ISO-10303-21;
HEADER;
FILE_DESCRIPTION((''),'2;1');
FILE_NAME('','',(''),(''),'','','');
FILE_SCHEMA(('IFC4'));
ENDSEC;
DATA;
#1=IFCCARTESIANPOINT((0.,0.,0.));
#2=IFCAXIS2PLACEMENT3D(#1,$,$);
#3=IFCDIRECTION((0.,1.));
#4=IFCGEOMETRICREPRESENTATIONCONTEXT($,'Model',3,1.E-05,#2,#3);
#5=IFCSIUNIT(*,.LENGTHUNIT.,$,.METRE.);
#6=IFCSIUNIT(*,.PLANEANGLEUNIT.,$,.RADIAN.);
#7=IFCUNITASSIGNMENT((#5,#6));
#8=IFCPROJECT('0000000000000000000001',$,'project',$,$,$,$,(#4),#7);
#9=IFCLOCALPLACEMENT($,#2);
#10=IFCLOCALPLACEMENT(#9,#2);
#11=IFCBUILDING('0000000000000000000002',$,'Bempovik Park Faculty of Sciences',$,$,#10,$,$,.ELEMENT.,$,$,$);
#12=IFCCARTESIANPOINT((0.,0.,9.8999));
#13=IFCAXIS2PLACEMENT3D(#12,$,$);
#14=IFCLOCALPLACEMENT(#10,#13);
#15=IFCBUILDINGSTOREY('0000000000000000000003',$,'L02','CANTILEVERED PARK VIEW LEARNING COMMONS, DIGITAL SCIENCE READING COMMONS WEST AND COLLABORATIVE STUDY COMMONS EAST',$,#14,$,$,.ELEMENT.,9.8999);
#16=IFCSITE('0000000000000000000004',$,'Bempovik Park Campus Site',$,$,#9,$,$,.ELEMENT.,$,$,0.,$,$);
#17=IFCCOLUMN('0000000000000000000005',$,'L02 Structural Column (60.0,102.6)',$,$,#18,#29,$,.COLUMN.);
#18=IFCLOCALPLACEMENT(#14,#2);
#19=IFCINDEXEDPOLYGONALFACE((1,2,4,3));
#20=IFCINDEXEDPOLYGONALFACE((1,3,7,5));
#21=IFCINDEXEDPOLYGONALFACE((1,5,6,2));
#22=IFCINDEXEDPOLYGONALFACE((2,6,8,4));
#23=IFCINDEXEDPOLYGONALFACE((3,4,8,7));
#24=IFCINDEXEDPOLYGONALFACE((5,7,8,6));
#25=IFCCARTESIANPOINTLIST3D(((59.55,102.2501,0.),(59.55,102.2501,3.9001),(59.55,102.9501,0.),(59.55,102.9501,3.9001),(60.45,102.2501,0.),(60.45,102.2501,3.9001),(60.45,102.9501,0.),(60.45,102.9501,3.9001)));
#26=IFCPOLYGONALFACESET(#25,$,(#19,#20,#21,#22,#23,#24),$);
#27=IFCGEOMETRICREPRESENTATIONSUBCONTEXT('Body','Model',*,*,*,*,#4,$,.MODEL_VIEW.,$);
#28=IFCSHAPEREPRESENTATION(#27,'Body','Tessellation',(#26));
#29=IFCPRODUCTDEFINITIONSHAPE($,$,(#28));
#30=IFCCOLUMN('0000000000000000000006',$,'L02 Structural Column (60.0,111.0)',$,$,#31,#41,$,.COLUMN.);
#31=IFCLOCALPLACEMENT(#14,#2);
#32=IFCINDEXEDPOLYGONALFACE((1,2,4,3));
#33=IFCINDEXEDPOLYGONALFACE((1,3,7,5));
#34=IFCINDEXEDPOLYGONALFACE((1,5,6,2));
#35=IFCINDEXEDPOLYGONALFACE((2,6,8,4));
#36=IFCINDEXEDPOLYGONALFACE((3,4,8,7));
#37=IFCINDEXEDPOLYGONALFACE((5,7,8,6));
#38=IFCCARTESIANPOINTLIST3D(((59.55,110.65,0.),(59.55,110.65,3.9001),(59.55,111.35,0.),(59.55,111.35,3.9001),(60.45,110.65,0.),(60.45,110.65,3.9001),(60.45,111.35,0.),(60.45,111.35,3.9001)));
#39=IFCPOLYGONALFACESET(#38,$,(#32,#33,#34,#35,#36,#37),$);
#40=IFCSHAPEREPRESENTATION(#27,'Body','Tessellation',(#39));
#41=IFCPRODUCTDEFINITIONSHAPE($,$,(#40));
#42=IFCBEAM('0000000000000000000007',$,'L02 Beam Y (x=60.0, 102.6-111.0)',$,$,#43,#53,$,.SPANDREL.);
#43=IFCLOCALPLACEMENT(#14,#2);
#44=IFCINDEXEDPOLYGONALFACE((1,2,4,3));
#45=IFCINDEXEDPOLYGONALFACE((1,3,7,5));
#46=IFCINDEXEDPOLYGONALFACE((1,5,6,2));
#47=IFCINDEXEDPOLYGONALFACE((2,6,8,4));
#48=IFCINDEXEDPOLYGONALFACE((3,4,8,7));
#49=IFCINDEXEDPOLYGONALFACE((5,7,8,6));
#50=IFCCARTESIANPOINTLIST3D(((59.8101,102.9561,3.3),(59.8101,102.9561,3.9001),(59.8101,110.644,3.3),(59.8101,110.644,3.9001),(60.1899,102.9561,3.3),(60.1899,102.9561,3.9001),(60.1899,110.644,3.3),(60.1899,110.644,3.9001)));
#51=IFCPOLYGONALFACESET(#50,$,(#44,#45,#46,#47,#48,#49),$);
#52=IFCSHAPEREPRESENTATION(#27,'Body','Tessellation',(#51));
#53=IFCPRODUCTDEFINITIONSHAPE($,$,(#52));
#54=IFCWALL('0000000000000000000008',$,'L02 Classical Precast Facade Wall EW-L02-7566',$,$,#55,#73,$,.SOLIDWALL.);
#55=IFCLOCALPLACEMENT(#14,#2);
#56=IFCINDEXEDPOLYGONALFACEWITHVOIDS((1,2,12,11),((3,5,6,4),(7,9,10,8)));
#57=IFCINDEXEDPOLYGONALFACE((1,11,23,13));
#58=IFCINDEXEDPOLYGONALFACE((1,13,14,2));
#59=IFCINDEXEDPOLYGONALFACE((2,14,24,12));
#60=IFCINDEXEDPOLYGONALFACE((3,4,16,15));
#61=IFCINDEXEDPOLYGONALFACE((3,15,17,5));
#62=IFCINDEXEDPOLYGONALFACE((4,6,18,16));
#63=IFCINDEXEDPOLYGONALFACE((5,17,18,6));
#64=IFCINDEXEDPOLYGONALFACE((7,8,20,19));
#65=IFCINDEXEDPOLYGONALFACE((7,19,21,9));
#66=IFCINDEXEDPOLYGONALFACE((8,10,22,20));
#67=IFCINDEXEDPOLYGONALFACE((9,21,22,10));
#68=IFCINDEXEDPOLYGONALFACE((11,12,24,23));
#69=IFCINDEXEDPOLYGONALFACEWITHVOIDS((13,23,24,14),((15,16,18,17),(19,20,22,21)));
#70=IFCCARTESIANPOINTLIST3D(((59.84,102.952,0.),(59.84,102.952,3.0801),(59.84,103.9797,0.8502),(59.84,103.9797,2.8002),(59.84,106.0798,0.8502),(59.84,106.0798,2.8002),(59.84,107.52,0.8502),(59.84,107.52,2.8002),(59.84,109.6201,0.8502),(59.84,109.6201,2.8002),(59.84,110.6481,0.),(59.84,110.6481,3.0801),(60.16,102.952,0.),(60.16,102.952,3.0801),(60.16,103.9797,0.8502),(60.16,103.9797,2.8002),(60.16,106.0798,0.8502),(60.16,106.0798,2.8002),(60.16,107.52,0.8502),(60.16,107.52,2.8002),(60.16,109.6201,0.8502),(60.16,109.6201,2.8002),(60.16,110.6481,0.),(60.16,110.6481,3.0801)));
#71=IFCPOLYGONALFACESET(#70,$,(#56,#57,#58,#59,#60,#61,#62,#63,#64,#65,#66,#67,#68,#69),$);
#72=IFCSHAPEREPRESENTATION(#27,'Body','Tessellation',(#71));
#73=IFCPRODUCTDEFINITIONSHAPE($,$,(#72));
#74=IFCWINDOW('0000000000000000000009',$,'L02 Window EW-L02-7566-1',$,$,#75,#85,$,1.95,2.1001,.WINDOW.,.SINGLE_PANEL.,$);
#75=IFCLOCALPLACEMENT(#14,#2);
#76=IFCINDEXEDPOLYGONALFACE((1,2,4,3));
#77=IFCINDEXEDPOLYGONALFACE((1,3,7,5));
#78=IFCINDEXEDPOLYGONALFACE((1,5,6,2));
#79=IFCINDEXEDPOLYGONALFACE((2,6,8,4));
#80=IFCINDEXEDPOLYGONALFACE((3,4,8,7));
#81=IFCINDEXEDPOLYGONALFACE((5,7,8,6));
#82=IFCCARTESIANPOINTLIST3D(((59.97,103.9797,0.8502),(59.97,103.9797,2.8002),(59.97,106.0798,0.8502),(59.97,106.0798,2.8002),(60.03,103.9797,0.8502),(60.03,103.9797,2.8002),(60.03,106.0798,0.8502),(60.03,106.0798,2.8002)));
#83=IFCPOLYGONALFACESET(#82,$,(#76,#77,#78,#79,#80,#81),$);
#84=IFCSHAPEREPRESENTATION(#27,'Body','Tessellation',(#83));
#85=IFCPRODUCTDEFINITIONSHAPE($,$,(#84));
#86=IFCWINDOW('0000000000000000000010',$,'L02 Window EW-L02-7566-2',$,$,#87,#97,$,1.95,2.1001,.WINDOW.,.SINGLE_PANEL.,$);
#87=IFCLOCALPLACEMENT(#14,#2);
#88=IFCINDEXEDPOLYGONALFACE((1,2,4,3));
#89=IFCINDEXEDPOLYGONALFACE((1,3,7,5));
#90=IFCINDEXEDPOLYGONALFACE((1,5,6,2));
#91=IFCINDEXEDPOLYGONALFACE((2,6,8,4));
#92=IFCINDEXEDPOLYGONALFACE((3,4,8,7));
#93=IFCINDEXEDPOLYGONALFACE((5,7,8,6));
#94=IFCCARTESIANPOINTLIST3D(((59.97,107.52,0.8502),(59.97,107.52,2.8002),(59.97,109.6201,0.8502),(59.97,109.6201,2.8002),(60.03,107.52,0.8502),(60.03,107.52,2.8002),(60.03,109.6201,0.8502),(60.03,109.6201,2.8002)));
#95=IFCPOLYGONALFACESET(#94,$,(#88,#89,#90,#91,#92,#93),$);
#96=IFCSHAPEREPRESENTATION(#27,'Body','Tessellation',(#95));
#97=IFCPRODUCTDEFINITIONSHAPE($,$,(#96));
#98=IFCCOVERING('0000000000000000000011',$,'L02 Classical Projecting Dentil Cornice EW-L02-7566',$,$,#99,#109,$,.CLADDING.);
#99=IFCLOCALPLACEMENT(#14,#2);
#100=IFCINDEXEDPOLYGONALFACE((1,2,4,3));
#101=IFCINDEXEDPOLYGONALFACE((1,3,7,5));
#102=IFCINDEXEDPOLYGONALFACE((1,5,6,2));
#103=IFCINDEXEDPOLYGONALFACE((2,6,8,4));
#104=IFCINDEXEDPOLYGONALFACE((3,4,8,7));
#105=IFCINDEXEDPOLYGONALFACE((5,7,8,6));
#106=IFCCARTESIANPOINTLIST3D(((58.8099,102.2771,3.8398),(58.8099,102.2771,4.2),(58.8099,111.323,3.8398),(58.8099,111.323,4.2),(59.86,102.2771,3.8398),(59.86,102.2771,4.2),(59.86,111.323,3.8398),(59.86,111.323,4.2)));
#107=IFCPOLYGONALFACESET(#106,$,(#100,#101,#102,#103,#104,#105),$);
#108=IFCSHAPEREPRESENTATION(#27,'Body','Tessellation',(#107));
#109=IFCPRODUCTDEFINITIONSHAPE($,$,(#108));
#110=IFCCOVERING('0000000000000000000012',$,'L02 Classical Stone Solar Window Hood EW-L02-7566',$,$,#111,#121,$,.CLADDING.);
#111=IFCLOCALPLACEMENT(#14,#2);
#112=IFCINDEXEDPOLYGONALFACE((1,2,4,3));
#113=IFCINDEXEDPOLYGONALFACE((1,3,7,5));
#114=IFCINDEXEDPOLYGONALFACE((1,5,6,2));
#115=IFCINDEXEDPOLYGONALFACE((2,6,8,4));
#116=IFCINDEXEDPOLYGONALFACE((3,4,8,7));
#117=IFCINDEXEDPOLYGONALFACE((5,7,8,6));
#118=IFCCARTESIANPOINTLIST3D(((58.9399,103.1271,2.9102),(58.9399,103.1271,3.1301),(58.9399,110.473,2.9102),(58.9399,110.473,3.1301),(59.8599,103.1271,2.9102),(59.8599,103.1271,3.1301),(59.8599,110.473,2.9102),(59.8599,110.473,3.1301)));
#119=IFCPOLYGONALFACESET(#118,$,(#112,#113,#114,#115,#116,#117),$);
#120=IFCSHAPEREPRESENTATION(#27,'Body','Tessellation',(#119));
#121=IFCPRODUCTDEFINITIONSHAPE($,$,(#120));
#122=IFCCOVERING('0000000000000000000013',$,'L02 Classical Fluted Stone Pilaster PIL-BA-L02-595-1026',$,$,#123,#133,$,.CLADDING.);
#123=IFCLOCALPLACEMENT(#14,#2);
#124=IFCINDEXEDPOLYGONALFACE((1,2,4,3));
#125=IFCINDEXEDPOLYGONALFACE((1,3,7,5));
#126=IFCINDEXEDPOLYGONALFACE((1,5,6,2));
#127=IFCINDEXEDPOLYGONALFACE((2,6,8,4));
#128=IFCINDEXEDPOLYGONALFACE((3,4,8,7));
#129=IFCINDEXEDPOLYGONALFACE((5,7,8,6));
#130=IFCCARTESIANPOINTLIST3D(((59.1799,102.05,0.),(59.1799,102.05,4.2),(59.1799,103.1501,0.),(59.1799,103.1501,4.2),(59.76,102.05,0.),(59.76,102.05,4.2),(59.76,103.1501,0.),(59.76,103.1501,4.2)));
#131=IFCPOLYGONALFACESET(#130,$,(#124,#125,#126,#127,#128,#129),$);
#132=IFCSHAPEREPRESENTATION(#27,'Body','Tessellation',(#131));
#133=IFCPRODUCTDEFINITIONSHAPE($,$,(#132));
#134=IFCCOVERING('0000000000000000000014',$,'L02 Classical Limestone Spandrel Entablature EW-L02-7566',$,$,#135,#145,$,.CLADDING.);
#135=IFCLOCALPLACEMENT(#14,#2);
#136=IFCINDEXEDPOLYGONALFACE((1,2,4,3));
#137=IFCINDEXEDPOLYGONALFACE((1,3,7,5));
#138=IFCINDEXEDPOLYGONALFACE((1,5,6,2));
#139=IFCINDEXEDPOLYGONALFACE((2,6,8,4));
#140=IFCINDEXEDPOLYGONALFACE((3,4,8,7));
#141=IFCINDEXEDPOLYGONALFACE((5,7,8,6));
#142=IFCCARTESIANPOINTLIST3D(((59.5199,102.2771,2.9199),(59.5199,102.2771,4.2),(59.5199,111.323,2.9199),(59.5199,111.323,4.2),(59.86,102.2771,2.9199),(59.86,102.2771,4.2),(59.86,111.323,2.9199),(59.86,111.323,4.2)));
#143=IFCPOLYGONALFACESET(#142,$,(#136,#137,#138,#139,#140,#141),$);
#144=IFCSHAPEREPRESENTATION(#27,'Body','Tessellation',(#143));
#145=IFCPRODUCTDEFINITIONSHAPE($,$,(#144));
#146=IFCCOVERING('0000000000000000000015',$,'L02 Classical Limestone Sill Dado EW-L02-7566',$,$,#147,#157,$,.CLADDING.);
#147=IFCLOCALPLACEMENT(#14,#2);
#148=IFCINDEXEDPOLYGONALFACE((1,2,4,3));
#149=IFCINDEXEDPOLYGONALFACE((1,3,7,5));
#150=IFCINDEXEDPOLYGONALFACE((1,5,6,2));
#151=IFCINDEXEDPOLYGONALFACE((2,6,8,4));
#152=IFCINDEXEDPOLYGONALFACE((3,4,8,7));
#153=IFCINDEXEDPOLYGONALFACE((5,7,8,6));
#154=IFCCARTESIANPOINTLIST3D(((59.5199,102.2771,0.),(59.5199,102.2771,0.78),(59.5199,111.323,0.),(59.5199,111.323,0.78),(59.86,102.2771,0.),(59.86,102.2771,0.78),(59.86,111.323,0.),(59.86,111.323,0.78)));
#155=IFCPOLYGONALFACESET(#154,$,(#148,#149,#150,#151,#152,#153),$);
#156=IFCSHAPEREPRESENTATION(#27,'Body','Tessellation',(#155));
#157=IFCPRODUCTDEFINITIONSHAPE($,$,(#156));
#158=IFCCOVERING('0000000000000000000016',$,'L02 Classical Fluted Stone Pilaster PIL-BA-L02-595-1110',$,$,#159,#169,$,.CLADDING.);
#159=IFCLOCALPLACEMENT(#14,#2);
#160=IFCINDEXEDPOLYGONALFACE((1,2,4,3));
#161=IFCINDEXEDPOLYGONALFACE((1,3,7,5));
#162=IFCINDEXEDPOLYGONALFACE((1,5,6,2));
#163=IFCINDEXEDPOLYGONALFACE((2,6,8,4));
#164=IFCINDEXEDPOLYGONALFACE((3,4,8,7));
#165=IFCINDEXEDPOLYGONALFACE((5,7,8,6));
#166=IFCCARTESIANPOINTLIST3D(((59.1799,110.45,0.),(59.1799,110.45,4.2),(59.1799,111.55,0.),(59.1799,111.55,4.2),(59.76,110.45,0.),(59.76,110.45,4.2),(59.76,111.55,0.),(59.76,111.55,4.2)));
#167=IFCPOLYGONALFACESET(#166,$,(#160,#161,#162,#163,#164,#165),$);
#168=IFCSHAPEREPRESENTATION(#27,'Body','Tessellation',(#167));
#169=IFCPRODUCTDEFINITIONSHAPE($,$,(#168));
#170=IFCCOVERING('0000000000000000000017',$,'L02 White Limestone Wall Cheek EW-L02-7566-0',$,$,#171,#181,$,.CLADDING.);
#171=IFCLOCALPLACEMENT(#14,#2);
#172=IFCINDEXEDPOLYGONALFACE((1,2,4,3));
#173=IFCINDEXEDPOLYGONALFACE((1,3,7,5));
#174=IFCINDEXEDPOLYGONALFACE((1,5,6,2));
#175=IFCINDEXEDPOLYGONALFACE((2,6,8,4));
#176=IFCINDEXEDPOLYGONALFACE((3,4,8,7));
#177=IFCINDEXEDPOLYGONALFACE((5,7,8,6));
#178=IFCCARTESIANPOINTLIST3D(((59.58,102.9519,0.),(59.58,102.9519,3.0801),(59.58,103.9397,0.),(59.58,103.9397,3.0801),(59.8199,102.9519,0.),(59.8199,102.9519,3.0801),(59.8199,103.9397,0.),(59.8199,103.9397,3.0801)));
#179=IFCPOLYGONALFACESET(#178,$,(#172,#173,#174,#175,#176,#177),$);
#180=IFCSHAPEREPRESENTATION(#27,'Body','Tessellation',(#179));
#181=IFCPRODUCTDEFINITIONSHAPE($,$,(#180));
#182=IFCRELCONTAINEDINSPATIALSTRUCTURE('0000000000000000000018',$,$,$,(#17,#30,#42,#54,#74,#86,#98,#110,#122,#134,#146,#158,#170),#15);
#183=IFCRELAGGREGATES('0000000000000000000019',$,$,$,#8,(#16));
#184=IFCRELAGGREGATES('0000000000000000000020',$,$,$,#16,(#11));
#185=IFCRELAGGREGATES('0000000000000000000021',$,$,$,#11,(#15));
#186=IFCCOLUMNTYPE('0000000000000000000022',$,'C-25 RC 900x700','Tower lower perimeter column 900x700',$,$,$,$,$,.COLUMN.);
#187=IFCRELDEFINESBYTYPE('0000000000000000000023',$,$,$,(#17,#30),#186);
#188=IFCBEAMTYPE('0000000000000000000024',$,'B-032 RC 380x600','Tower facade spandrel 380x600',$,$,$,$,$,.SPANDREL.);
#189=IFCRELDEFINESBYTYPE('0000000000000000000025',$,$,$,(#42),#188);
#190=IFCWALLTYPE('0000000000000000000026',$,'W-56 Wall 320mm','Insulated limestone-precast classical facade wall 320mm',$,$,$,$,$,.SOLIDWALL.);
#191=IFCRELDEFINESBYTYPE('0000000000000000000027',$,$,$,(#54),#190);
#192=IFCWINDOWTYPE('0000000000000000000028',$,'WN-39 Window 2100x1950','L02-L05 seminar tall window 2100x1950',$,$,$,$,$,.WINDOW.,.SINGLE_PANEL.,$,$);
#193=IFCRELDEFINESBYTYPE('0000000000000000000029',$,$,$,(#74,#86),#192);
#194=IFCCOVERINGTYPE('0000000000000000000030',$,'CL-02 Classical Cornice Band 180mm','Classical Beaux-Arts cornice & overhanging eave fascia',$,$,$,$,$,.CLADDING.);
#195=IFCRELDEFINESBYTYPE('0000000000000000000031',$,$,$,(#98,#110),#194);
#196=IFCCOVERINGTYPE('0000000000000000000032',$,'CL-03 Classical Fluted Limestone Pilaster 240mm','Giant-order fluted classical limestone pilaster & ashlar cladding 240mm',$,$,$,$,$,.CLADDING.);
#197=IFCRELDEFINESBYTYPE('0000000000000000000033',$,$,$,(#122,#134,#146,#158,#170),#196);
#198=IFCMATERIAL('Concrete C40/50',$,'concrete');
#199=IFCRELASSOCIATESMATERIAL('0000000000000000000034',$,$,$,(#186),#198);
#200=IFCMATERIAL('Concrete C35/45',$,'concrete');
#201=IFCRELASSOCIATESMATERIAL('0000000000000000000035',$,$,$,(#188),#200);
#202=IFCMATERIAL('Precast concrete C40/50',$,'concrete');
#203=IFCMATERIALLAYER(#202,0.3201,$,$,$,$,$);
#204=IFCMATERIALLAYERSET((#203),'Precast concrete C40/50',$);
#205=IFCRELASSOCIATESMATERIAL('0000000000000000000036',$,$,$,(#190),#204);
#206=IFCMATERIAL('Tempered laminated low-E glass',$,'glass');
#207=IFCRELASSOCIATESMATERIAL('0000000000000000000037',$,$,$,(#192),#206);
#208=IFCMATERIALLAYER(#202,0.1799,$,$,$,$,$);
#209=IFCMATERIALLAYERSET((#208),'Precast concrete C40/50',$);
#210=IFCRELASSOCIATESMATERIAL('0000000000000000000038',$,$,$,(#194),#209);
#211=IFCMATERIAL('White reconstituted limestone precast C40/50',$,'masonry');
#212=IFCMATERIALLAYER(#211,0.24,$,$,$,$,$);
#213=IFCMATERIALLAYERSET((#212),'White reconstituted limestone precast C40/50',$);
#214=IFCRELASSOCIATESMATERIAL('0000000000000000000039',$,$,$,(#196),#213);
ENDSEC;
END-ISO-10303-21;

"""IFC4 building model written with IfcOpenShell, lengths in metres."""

from ifc_helpers import new_model, si_unit, direction, frame, frame_2d, origin, origin_2d, place, context, subcontext, project, spatial, rectangle, extrude, material, layer, layer_set, material_profile, profile_set, type_object, element, fill, save


model = new_model("IFC4")

# Units and contexts
model_context = context("Model", 3, precision=1e-05, world=origin(), true_north=direction((0.0, 1.0)))
body_context = subcontext(model_context, "Body", "Model", "MODEL_VIEW")
ifc_project = project(units=[si_unit("LENGTHUNIT", "METRE"), si_unit("PLANEANGLEUNIT", "RADIAN")], contexts=[model_context])

# Site, building, storey
site_placement = place(None, origin())
site = spatial("IfcSite", under=ifc_project, at=site_placement, Name="Bempovik Park Campus Site", CompositionType="ELEMENT", RefElevation=0.0)
building_placement = place(site_placement, origin())
building = spatial("IfcBuilding", under=site, at=building_placement, Name="Bempovik Park Faculty of Sciences", CompositionType="ELEMENT")
storey_placement = place(building_placement, frame((0.0, 0.0, 9.8999)))
storey = spatial("IfcBuildingStorey", under=building, at=storey_placement, Name="L02", Description="CANTILEVERED PARK VIEW LEARNING COMMONS, DIGITAL SCIENCE READING COMMONS WEST AND COLLABORATIVE STUDY COMMONS EAST", CompositionType="ELEMENT", Elevation=9.8999)

# Columns
ifc_material_1 = material(Name="Concrete C40/50", Category="concrete")
ifc_material_profile_1 = material_profile(ifc_material_1, rectangle(XDim=0.8999, YDim=0.7, at=origin_2d()), Name="RC 900x700")
ifc_profile_set_1 = profile_set([ifc_material_profile_1], Name="Concrete C40/50")
column_type = type_object("IfcColumnType", Name="C-25 RC 900x700", Description="Tower lower perimeter column 900x700", PredefinedType="COLUMN", material=ifc_profile_set_1)
for number, where, z_axis, x_axis, name in (
    (1, (60.0, 102.6001, 0.0), (0.0, 0.0, 1.0), (1.0, 0.0, 0.0), "L02 Structural Column (60.0,102.6)"),
    (2, (60.0, 111.0, 0.0), (0.0, 0.0, 1.0), (1.0, 0.0, 0.0), "L02 Structural Column (60.0,111.0)"),
):
    element("IfcColumn", number, at=place(storey_placement, frame(where, z_axis=z_axis, x_axis=x_axis)), inside=storey, type_object=column_type, Name=name, PredefinedType="COLUMN", context=body_context, shape_type="SweptSolid", body=[
        extrude(rectangle(XDim=0.8999, YDim=0.7, at=origin_2d()), origin(), (0.0, 0.0, 1.0), 3.9001),
    ])

# Beam
ifc_material_2 = material(Name="Concrete C35/45", Category="concrete")
ifc_material_profile_2 = material_profile(ifc_material_2, rectangle(XDim=0.3799, YDim=0.6001, at=origin_2d()), Name="RC 380x600")
ifc_profile_set_2 = profile_set([ifc_material_profile_2], Name="Concrete C35/45")
beam_type = type_object("IfcBeamType", Name="B-032 RC 380x600", Description="Tower facade spandrel 380x600", PredefinedType="SPANDREL", material=ifc_profile_set_2)
beam_placement = place(storey_placement, frame((60.0, 102.9561, 3.6001), z_axis=(0.0, 1.0, 0.0), x_axis=(-1.0, 0.0, 0.0)))
element("IfcBeam", 3, at=beam_placement, inside=storey, type_object=beam_type, Name="L02 Beam Y (x=60.0, 102.6-111.0)", PredefinedType="SPANDREL", context=body_context, shape_type="SweptSolid", body=[
    extrude(rectangle(XDim=0.3799, YDim=0.6001, at=origin_2d()), origin(), (0.0, 0.0, 1.0), 7.688),
])

# Wall, openings, windows
ifc_material_3 = material(Name="Precast concrete C40/50", Category="concrete")
ifc_layer_1 = layer(ifc_material_3, 0.3201)
ifc_layer_set_1 = layer_set([ifc_layer_1], Name="Precast concrete C40/50")
wall_type = type_object("IfcWallType", Name="W-56 Wall 320mm", Description="Insulated limestone-precast classical facade wall 320mm", PredefinedType="SOLIDWALL", material=ifc_layer_set_1)
wall_placement = place(storey_placement, frame((60.0, 102.9519, 0.0), z_axis=(0.0, 0.0, 1.0), x_axis=(0.0, 1.0, 0.0)))
wall = element("IfcWall", 4, at=wall_placement, inside=storey, type_object=wall_type, Name="L02 Classical Precast Facade Wall EW-L02-7566", PredefinedType="SOLIDWALL", context=body_context, shape_type="SweptSolid", body=[
    extrude(rectangle(XDim=7.696, YDim=0.3201, at=frame_2d((3.8481, 0.0))), origin(), (0.0, 0.0, 1.0), 3.0801),
])
opening_1_placement = place(wall_placement, frame((1.0278, 0.0, 0.8501)))
opening_1 = element("IfcOpeningElement", 5, at=opening_1_placement, cuts=wall, PredefinedType="OPENING", context=body_context, shape_type="SweptSolid", body=[
    extrude(rectangle(XDim=2.1001, YDim=1.95, at=frame_2d((1.05, 0.9751))), frame((0.0, 0.1699, 0.0), z_axis=(0.0, -1.0, 0.0), x_axis=(1.0, 0.0, 0.0)), (0.0, 0.0, 1.0), 0.3401),
])
opening_2_placement = place(wall_placement, frame((4.5681, 0.0, 0.8501)))
opening_2 = element("IfcOpeningElement", 6, at=opening_2_placement, cuts=wall, PredefinedType="OPENING", context=body_context, shape_type="SweptSolid", body=[
    extrude(rectangle(XDim=2.1001, YDim=1.95, at=frame_2d((1.05, 0.9751))), frame((0.0, 0.1699, 0.0), z_axis=(0.0, -1.0, 0.0), x_axis=(1.0, 0.0, 0.0)), (0.0, 0.0, 1.0), 0.3401),
])
ifc_material_4 = material(Name="Tempered laminated low-E glass", Category="glass")
window_type = type_object("IfcWindowType", Name="WN-39 Window 2100x1950", Description="L02-L05 seminar tall window 2100x1950", PartitioningType="SINGLE_PANEL", PredefinedType="WINDOW", material=ifc_material_4)
window_1_placement = place(opening_1_placement, origin())
window_1 = element("IfcWindow", 7, at=window_1_placement, inside=storey, type_object=window_type, Name="L02 Window EW-L02-7566-1", OverallHeight=1.95, OverallWidth=2.1001, PartitioningType="SINGLE_PANEL", PredefinedType="WINDOW", context=body_context, shape_type="SweptSolid", body=[
    extrude(rectangle(XDim=2.1001, YDim=1.95, at=frame_2d((1.05, 0.9751))), frame((0.0, 0.03, 0.0), z_axis=(0.0, -1.0, 0.0), x_axis=(1.0, 0.0, 0.0)), (0.0, 0.0, 1.0), 0.0601),
])
fill(opening_1, window_1)
window_2_placement = place(opening_2_placement, origin())
window_2 = element("IfcWindow", 8, at=window_2_placement, inside=storey, type_object=window_type, Name="L02 Window EW-L02-7566-2", OverallHeight=1.95, OverallWidth=2.1001, PartitioningType="SINGLE_PANEL", PredefinedType="WINDOW", context=body_context, shape_type="SweptSolid", body=[
    extrude(rectangle(XDim=2.1001, YDim=1.95, at=frame_2d((1.05, 0.9751))), frame((0.0, 0.03, 0.0), z_axis=(0.0, -1.0, 0.0), x_axis=(1.0, 0.0, 0.0)), (0.0, 0.0, 1.0), 0.0601),
])
fill(opening_2, window_2)

# Coverings
ifc_layer_2 = layer(ifc_material_3, 0.1799)
ifc_layer_set_2 = layer_set([ifc_layer_2], Name="Precast concrete C40/50")
covering_type_1 = type_object("IfcCoveringType", Name="CL-02 Classical Cornice Band 180mm", Description="Classical Beaux-Arts cornice & overhanging eave fascia", PredefinedType="CLADDING", material=ifc_layer_set_2)
covering_1_placement = place(storey_placement, frame((59.335, 106.8, 3.8398), z_axis=(0.0, 0.0, 1.0), x_axis=(1.0, 0.0, 0.0)))
element("IfcCovering", 9, at=covering_1_placement, inside=storey, type_object=covering_type_1, Name="L02 Classical Projecting Dentil Cornice EW-L02-7566", PredefinedType="CLADDING", context=body_context, shape_type="SweptSolid", body=[
    extrude(rectangle(XDim=1.05, YDim=9.0459, at=origin_2d()), origin(), (0.0, 0.0, 1.0), 0.3601),
])
covering_2_placement = place(storey_placement, frame((59.3999, 106.8, 2.9102), z_axis=(0.0, 0.0, 1.0), x_axis=(1.0, 0.0, 0.0)))
element("IfcCovering", 10, at=covering_2_placement, inside=storey, type_object=covering_type_1, Name="L02 Classical Stone Solar Window Hood EW-L02-7566", PredefinedType="CLADDING", context=body_context, shape_type="SweptSolid", body=[
    extrude(rectangle(XDim=0.9199, YDim=7.3459, at=origin_2d()), origin(), (0.0, 0.0, 1.0), 0.22),
])
ifc_material_5 = material(Name="White reconstituted limestone precast C40/50", Category="masonry")
ifc_layer_3 = layer(ifc_material_5, 0.24)
ifc_layer_set_3 = layer_set([ifc_layer_3], Name="White reconstituted limestone precast C40/50")
covering_type_2 = type_object("IfcCoveringType", Name="CL-03 Classical Fluted Limestone Pilaster 240mm", Description="Giant-order fluted classical limestone pilaster & ashlar cladding 240mm", PredefinedType="CLADDING", material=ifc_layer_set_3)
covering_3_placement = place(storey_placement, frame((59.47, 102.6001, 0.0), z_axis=(0.0, 0.0, 1.0), x_axis=(1.0, 0.0, 0.0)))
element("IfcCovering", 11, at=covering_3_placement, inside=storey, type_object=covering_type_2, Name="L02 Classical Fluted Stone Pilaster PIL-BA-L02-595-1026", PredefinedType="CLADDING", context=body_context, shape_type="SweptSolid", body=[
    extrude(rectangle(XDim=0.5801, YDim=1.1001, at=origin_2d()), origin(), (0.0, 0.0, 1.0), 4.2),
])
covering_4_placement = place(storey_placement, frame((59.6899, 106.8, 2.9199), z_axis=(0.0, 0.0, 1.0), x_axis=(1.0, 0.0, 0.0)))
element("IfcCovering", 12, at=covering_4_placement, inside=storey, type_object=covering_type_2, Name="L02 Classical Limestone Spandrel Entablature EW-L02-7566", PredefinedType="CLADDING", context=body_context, shape_type="SweptSolid", body=[
    extrude(rectangle(XDim=0.3401, YDim=9.0459, at=origin_2d()), origin(), (0.0, 0.0, 1.0), 1.28),
])
covering_5_placement = place(storey_placement, frame((59.6899, 106.8, 0.0), z_axis=(0.0, 0.0, 1.0), x_axis=(1.0, 0.0, 0.0)))
element("IfcCovering", 13, at=covering_5_placement, inside=storey, type_object=covering_type_2, Name="L02 Classical Limestone Sill Dado EW-L02-7566", PredefinedType="CLADDING", context=body_context, shape_type="SweptSolid", body=[
    extrude(rectangle(XDim=0.3401, YDim=9.0459, at=origin_2d()), origin(), (0.0, 0.0, 1.0), 0.78),
])
covering_6_placement = place(storey_placement, frame((59.47, 111.0, 0.0), z_axis=(0.0, 0.0, 1.0), x_axis=(1.0, 0.0, 0.0)))
element("IfcCovering", 14, at=covering_6_placement, inside=storey, type_object=covering_type_2, Name="L02 Classical Fluted Stone Pilaster PIL-BA-L02-595-1110", PredefinedType="CLADDING", context=body_context, shape_type="SweptSolid", body=[
    extrude(rectangle(XDim=0.5801, YDim=1.1001, at=origin_2d()), origin(), (0.0, 0.0, 1.0), 4.2),
])
covering_7_placement = place(storey_placement, frame((59.7, 103.4458, 0.0), z_axis=(0.0, 0.0, 1.0), x_axis=(1.0, 0.0, 0.0)))
element("IfcCovering", 15, at=covering_7_placement, inside=storey, type_object=covering_type_2, Name="L02 White Limestone Wall Cheek EW-L02-7566-0", PredefinedType="CLADDING", context=body_context, shape_type="SweptSolid", body=[
    extrude(rectangle(XDim=0.24, YDim=0.9878, at=origin_2d()), origin(), (0.0, 0.0, 1.0), 3.0801),
])

save(model, "model.ifc")
